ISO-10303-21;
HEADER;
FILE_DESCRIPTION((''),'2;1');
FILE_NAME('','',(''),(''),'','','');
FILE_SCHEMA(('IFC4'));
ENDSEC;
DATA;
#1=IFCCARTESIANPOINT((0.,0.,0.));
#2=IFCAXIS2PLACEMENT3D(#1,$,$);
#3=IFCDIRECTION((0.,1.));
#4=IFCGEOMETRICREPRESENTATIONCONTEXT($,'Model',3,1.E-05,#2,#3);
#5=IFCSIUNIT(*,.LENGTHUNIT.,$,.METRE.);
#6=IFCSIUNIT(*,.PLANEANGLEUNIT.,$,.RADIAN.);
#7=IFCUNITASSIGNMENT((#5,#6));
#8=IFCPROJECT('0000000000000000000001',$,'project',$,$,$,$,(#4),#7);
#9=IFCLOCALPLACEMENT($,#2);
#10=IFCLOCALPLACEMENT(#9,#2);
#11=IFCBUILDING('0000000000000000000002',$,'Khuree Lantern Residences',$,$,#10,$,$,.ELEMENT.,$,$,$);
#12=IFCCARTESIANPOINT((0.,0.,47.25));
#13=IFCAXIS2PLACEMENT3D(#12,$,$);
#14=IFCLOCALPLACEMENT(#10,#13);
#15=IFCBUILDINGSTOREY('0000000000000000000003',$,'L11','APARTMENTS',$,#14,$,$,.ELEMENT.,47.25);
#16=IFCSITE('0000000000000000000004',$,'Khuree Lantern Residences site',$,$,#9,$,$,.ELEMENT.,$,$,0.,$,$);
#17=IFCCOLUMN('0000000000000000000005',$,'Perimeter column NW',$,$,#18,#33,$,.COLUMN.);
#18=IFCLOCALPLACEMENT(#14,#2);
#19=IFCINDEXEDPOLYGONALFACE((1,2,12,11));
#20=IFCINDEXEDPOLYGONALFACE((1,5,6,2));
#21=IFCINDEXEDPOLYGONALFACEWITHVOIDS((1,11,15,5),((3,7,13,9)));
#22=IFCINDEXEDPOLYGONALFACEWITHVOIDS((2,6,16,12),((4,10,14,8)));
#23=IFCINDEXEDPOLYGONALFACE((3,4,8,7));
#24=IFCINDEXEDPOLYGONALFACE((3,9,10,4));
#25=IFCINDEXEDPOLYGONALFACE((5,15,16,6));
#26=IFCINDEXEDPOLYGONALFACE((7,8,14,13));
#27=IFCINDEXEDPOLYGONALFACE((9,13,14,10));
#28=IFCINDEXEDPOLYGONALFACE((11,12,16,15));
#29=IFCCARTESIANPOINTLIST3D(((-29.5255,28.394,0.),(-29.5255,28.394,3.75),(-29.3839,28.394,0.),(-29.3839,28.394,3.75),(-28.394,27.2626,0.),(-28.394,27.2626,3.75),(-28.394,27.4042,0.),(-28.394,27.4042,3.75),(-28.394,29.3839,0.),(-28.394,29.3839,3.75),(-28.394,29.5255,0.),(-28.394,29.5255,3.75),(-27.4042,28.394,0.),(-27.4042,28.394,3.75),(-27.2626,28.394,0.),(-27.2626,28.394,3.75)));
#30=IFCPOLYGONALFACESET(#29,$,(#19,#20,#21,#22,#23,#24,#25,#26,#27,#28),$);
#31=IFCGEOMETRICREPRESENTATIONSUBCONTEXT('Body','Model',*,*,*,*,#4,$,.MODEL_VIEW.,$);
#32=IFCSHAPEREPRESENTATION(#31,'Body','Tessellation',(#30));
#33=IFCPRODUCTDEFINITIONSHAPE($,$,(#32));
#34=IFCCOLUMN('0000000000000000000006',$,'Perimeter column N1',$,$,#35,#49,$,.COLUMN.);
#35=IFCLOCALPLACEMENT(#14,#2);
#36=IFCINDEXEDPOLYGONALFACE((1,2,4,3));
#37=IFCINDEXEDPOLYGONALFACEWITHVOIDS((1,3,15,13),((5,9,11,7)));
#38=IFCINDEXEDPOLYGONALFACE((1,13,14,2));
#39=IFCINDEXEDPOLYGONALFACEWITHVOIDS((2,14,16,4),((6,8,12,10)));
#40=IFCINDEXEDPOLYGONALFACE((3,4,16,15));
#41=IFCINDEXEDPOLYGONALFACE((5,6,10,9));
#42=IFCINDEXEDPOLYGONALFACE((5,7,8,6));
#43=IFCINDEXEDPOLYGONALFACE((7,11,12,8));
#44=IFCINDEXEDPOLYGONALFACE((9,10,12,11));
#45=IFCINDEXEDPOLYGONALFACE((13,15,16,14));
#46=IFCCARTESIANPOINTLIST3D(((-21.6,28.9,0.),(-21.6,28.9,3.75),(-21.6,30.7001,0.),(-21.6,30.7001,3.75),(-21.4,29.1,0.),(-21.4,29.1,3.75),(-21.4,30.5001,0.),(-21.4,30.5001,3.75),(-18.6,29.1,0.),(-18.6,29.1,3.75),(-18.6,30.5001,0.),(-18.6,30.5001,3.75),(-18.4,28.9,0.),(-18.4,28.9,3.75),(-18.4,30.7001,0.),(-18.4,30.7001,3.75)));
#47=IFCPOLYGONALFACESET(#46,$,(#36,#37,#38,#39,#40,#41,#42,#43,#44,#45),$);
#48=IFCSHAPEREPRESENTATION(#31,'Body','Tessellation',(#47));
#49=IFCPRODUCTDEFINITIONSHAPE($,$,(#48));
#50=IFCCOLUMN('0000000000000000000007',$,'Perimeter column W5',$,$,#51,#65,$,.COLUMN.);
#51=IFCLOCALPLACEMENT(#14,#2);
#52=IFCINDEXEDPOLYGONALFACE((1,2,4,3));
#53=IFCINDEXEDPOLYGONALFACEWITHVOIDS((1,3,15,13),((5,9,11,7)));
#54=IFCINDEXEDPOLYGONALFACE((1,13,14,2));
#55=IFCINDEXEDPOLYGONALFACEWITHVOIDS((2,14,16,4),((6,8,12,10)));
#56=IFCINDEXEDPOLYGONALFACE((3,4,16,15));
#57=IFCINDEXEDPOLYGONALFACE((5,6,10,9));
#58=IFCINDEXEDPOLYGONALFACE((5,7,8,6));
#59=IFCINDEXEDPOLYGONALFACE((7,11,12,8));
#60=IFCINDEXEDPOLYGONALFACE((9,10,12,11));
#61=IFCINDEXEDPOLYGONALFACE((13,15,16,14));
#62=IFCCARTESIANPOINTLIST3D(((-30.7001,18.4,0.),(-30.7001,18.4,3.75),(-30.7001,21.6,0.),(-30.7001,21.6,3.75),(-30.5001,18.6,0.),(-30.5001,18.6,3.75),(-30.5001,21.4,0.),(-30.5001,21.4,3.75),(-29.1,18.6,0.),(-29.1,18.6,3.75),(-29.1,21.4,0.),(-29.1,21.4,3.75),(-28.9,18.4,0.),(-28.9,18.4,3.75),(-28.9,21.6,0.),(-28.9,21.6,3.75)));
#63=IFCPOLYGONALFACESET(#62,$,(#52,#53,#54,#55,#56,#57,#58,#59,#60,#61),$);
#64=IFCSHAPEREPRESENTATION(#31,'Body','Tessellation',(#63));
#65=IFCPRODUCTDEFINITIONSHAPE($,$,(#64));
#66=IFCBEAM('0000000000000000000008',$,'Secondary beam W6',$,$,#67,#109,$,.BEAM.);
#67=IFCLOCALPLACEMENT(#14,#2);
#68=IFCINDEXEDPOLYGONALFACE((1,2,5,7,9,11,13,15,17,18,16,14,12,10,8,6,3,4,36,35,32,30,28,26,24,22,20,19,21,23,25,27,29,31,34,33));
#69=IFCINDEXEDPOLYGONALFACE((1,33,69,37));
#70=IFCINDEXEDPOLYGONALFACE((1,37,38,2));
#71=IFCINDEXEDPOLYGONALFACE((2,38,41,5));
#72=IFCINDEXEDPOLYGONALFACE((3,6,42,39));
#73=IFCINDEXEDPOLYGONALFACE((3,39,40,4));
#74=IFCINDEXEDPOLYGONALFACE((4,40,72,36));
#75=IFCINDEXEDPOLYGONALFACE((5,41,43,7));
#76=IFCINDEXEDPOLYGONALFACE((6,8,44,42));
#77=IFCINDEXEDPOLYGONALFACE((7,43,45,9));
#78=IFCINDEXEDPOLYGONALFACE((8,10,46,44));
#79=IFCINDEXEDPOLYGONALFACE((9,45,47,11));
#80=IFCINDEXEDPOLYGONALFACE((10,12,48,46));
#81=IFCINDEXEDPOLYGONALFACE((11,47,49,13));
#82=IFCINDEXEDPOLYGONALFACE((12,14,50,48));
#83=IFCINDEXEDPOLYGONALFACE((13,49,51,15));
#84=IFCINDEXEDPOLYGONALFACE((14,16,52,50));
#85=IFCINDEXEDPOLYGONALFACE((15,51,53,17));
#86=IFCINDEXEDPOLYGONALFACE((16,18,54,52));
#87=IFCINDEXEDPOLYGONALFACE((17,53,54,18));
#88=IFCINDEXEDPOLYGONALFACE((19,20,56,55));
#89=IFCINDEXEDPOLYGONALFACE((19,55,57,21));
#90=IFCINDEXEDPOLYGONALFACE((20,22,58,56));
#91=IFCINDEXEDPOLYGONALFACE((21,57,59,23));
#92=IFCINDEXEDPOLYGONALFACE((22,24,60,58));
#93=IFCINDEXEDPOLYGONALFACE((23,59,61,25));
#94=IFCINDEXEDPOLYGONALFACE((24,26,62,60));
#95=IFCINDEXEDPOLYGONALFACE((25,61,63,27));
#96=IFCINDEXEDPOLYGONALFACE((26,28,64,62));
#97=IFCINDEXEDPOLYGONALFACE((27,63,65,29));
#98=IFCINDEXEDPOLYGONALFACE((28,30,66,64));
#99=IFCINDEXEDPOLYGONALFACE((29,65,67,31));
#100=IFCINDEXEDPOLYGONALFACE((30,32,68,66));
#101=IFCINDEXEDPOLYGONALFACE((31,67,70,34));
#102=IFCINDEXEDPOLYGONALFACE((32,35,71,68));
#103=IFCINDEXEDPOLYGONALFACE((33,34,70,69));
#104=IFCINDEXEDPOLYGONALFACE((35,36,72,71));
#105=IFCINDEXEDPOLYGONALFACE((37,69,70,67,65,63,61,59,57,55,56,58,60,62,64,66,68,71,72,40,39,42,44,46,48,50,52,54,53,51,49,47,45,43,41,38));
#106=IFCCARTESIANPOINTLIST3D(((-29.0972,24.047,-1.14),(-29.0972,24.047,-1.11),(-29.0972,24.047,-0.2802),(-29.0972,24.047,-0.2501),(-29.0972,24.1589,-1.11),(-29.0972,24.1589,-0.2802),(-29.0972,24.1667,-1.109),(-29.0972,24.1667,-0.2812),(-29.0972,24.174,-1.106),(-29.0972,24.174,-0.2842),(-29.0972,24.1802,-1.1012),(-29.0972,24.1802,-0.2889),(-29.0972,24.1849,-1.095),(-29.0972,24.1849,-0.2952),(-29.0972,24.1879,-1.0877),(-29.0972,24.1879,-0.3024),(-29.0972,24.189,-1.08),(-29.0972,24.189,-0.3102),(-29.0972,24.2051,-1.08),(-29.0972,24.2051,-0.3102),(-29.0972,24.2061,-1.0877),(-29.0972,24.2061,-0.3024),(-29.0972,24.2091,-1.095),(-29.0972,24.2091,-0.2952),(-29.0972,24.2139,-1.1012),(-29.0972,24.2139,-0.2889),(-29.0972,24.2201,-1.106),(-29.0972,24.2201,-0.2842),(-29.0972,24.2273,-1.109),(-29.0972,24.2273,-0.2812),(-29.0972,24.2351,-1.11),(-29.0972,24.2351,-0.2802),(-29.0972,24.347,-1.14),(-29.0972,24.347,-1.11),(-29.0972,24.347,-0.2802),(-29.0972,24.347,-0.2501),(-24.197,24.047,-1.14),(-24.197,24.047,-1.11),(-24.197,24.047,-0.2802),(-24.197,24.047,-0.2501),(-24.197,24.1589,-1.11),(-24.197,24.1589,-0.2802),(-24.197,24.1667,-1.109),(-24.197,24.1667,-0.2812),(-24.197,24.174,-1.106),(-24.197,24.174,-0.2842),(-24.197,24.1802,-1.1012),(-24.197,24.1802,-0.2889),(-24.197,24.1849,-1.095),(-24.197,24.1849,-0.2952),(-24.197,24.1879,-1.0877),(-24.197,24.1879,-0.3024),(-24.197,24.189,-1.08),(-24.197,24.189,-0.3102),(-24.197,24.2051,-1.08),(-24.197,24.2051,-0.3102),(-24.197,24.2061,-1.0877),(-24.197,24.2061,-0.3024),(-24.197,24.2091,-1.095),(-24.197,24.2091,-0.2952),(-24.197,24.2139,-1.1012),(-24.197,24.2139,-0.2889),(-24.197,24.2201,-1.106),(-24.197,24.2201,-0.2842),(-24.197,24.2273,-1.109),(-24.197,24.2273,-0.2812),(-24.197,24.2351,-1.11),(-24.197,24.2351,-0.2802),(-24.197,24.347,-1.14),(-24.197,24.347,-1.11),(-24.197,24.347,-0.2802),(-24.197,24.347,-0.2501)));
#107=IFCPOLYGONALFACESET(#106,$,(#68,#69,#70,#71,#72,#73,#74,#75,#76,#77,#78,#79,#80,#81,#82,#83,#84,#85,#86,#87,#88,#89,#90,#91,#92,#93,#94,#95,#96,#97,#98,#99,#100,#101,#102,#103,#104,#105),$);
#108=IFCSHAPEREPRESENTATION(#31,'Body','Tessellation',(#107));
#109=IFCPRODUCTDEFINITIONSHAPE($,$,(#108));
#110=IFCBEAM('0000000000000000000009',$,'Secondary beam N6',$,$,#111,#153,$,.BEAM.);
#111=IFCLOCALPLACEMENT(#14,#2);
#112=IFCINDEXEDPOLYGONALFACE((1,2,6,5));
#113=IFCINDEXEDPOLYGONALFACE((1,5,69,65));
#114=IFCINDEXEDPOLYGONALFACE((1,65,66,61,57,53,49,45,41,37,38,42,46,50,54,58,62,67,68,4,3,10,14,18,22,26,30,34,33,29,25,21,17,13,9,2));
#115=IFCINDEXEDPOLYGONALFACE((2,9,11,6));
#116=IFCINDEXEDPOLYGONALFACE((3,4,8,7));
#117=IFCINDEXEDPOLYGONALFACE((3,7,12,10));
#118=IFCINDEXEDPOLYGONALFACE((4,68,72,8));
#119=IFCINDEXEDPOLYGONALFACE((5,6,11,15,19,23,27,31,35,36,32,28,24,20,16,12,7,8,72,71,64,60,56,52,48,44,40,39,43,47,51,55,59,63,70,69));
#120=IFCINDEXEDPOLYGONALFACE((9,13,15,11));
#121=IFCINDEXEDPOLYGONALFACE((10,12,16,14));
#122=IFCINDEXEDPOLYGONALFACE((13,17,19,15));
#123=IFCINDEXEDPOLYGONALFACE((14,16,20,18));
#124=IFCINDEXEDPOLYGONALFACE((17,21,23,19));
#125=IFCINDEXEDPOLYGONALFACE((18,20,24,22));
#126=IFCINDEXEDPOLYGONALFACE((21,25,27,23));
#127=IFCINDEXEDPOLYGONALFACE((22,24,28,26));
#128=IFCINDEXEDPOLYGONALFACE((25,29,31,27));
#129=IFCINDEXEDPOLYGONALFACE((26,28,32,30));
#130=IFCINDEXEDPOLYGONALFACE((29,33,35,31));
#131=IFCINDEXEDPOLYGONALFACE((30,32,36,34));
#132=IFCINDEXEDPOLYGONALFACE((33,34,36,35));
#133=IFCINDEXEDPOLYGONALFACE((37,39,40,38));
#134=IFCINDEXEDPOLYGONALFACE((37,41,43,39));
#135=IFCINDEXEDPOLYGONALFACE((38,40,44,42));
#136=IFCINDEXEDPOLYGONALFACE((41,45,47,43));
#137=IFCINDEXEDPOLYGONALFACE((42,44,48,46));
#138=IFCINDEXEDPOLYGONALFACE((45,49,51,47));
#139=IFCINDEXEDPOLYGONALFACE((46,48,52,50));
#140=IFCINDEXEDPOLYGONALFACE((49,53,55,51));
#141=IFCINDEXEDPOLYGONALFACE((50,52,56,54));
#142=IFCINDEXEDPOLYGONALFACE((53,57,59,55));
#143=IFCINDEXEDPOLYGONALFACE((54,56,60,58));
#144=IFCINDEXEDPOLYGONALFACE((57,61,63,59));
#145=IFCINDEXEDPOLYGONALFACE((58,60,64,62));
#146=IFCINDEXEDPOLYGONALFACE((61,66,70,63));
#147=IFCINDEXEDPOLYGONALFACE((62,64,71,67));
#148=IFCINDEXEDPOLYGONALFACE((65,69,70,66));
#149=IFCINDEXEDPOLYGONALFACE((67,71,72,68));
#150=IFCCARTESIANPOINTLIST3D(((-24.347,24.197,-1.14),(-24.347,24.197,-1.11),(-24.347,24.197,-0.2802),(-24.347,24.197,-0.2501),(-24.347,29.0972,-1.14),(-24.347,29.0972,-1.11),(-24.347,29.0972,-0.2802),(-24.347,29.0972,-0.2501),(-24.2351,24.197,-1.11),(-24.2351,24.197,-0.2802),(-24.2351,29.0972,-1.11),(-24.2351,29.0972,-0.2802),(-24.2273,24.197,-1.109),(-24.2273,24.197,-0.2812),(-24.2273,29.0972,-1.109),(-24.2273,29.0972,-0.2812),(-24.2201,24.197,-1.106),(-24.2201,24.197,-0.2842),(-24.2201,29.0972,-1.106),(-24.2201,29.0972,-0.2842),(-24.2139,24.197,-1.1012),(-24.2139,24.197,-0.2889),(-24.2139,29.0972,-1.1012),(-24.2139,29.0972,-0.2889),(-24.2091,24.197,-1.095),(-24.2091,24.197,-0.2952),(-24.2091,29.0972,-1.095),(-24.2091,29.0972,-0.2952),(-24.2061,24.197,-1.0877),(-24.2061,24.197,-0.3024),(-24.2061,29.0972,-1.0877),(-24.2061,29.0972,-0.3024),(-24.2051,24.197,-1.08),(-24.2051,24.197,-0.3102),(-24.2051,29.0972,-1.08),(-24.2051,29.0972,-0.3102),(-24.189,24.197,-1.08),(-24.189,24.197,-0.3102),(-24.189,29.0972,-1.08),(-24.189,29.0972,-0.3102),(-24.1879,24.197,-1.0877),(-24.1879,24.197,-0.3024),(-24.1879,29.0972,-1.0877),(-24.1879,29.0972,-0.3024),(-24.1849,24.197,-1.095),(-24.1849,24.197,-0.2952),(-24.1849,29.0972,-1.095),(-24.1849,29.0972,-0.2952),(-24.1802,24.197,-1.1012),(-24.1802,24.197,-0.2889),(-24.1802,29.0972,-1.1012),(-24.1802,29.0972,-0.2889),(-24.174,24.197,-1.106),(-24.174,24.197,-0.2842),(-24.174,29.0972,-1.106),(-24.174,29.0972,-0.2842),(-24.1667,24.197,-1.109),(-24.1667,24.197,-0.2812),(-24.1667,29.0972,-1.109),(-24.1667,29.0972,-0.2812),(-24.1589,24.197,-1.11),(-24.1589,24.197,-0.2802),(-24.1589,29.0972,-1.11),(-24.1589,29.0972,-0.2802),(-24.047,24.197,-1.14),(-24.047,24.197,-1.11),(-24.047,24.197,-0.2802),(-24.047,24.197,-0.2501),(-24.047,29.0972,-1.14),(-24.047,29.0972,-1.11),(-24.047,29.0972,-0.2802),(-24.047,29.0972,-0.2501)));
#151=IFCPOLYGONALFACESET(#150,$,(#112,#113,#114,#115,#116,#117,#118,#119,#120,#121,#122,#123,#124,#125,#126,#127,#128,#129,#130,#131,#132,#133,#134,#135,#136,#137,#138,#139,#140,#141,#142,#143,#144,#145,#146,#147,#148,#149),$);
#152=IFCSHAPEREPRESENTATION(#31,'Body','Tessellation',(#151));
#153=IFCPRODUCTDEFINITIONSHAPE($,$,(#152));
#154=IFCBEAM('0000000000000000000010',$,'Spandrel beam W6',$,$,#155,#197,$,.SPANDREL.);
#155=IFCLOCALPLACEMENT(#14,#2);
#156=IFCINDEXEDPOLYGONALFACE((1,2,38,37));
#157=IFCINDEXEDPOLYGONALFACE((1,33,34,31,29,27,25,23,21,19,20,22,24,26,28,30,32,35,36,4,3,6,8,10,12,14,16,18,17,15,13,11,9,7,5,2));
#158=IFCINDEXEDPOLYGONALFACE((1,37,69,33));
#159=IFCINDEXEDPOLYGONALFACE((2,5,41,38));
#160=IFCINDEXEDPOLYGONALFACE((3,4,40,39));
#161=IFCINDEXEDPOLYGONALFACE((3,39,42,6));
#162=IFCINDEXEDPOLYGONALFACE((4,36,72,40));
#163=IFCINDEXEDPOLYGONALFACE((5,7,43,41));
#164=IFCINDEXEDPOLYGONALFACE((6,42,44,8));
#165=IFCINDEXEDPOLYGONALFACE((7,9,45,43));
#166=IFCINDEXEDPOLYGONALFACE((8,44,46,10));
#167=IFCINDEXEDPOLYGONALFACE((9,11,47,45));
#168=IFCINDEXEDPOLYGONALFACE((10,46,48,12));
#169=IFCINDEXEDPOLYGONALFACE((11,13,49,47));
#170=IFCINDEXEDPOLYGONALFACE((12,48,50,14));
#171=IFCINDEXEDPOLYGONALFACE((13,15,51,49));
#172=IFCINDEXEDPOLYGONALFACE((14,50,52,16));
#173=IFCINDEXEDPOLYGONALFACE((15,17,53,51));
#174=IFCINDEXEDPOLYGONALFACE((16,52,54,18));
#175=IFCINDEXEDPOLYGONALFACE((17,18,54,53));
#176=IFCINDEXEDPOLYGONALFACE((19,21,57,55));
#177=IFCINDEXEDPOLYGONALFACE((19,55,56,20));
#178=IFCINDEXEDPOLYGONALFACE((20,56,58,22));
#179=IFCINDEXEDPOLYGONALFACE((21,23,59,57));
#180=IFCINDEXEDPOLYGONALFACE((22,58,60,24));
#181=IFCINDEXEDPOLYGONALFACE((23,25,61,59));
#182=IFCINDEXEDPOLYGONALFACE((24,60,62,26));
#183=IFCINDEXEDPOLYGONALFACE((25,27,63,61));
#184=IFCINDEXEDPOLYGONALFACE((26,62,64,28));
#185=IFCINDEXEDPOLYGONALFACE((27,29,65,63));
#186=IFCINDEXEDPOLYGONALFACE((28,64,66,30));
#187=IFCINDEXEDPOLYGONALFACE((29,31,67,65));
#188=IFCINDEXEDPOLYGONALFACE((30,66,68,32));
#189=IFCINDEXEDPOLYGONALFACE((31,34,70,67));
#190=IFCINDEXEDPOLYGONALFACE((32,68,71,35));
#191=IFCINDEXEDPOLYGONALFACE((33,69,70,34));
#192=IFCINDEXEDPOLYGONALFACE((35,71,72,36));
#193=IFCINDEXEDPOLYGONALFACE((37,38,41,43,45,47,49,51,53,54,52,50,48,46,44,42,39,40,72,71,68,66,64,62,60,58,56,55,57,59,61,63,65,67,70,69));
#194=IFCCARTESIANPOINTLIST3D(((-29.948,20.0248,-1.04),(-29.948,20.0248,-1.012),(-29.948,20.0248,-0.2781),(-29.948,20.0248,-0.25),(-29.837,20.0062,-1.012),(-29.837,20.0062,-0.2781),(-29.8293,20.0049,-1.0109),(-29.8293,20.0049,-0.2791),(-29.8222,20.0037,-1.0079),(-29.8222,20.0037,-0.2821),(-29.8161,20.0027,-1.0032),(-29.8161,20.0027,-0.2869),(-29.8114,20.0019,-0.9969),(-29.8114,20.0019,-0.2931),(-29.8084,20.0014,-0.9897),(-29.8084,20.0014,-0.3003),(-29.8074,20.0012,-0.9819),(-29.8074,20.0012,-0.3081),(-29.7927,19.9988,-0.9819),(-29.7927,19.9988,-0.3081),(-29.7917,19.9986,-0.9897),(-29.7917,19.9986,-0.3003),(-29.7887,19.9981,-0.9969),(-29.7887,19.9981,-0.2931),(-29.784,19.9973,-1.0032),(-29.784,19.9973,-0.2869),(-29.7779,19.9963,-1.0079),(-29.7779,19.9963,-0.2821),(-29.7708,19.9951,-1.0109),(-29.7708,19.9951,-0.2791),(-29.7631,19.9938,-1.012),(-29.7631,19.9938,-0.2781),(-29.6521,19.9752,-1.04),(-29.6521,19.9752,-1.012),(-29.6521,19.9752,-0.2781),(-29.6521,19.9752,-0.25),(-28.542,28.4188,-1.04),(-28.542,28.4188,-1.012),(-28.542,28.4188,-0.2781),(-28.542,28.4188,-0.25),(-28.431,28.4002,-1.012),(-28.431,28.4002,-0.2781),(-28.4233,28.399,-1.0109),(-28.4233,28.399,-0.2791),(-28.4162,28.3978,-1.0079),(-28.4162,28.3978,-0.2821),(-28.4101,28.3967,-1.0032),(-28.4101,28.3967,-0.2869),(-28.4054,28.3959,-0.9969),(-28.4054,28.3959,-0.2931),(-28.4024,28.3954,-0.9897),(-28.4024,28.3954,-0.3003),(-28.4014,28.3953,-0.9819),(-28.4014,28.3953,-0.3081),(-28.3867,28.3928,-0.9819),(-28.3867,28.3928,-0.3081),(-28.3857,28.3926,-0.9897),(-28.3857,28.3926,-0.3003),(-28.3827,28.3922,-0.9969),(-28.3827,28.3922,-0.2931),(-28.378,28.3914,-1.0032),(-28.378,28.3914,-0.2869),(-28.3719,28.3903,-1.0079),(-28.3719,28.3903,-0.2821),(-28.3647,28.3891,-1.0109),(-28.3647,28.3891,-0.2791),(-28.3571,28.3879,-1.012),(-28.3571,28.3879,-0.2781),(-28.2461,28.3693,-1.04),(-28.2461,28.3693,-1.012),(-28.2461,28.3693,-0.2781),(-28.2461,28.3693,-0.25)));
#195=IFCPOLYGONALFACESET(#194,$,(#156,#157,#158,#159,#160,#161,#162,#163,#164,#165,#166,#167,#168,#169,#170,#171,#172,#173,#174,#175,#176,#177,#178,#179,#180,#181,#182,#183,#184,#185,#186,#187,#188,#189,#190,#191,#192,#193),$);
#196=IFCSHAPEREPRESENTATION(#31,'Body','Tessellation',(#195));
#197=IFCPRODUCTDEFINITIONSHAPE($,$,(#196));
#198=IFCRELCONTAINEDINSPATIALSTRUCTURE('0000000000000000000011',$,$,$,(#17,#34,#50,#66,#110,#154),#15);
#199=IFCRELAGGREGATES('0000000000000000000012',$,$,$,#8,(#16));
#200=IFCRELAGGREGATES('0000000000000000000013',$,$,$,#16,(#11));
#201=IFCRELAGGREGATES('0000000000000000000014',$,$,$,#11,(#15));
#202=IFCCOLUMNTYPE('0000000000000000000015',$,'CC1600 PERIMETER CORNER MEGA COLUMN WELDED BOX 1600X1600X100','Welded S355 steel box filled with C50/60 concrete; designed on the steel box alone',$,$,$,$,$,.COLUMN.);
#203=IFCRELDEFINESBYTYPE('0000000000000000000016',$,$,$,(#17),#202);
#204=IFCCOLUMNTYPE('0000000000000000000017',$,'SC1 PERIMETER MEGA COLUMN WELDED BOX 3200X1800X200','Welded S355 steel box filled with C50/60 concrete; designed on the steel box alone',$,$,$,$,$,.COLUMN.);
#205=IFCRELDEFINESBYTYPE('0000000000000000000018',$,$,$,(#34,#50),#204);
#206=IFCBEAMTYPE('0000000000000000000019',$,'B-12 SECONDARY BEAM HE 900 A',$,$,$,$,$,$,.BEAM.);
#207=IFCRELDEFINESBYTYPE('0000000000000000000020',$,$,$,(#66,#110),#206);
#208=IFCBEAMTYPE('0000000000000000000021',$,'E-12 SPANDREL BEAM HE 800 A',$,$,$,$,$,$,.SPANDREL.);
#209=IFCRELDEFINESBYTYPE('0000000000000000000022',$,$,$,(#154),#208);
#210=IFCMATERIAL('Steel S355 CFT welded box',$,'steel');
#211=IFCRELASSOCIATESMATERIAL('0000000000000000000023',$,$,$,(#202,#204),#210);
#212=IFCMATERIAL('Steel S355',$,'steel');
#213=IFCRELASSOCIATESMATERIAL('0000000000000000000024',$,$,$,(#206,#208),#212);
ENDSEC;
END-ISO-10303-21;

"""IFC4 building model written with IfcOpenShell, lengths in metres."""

from ifc_helpers import new_model, si_unit, direction, frame, origin, origin_2d, place, context, subcontext, project, spatial, hollow_rectangle, i_section, extrude, material, material_profile, profile_set, type_object, element, save


model = new_model("IFC4")

# Units and contexts
model_context = context("Model", 3, precision=1e-05, world=origin(), true_north=direction((0.0, 1.0)))
body_context = subcontext(model_context, "Body", "Model", "MODEL_VIEW")
ifc_project = project(units=[si_unit("LENGTHUNIT", "METRE"), si_unit("PLANEANGLEUNIT", "RADIAN")], contexts=[model_context])

# Site, building, storey
site_placement = place(None, origin())
site = spatial("IfcSite", under=ifc_project, at=site_placement, Name="Khuree Lantern Residences site", CompositionType="ELEMENT", RefElevation=0.0)
building_placement = place(site_placement, origin())
building = spatial("IfcBuilding", under=site, at=building_placement, Name="Khuree Lantern Residences", CompositionType="ELEMENT")
storey_placement = place(building_placement, frame((0.0, 0.0, 47.25)))
storey = spatial("IfcBuildingStorey", under=building, at=storey_placement, Name="L11", Description="APARTMENTS", CompositionType="ELEMENT", Elevation=47.25)

# Columns
ifc_material_1 = material(Name="Steel S355 CFT welded box", Category="steel")
ifc_material_profile_1 = material_profile(ifc_material_1, hollow_rectangle(XDim=1.6001, YDim=1.6001, WallThickness=0.1001, at=origin_2d()), Name="WELDED BOX 1600X1600X100")
ifc_profile_set_1 = profile_set([ifc_material_profile_1], Name="Steel S355 CFT welded box")
column_type_1 = type_object("IfcColumnType", Name="CC1600 PERIMETER CORNER MEGA COLUMN WELDED BOX 1600X1600X100", Description="Welded S355 steel box filled with C50/60 concrete; designed on the steel box alone", PredefinedType="COLUMN", material=ifc_profile_set_1)
column_placement = place(storey_placement, frame((-28.394, 28.394, 0.0), z_axis=(0.0, 0.0, 1.0), x_axis=(0.707107, 0.707107, 0.0)))
element("IfcColumn", 1, at=column_placement, inside=storey, type_object=column_type_1, Name="Perimeter column NW", PredefinedType="COLUMN", context=body_context, shape_type="SweptSolid", body=[
    extrude(hollow_rectangle(XDim=1.6001, YDim=1.6001, WallThickness=0.1001, at=origin_2d()), origin(), (0.0, 0.0, 1.0), 3.75),
])
ifc_material_profile_2 = material_profile(ifc_material_1, hollow_rectangle(XDim=3.2, YDim=1.8, WallThickness=0.2, at=origin_2d()), Name="WELDED BOX 3200X1800X200")
ifc_profile_set_2 = profile_set([ifc_material_profile_2], Name="Steel S355 CFT welded box")
column_type_2 = type_object("IfcColumnType", Name="SC1 PERIMETER MEGA COLUMN WELDED BOX 3200X1800X200", Description="Welded S355 steel box filled with C50/60 concrete; designed on the steel box alone", PredefinedType="COLUMN", material=ifc_profile_set_2)
for number, where, z_axis, x_axis, name in (
    (2, (-20.0, 29.8, 0.0), (0.0, 0.0, 1.0), (1.0, 0.0, 0.0), "Perimeter column N1"),
    (3, (-29.8, 20.0, 0.0), (0.0, 0.0, 1.0), (0.0, 1.0, 0.0), "Perimeter column W5"),
):
    element("IfcColumn", number, at=place(storey_placement, frame(where, z_axis=z_axis, x_axis=x_axis)), inside=storey, type_object=column_type_2, Name=name, PredefinedType="COLUMN", context=body_context, shape_type="SweptSolid", body=[
        extrude(hollow_rectangle(XDim=3.2, YDim=1.8, WallThickness=0.2, at=origin_2d()), origin(), (0.0, 0.0, 1.0), 3.75),
    ])

# Beams
ifc_material_2 = material(Name="Steel S355", Category="steel")
ifc_material_profile_3 = material_profile(ifc_material_2, i_section(OverallWidth=0.3, OverallDepth=0.8899, WebThickness=0.0161, FlangeThickness=0.03, FilletRadius=0.03, at=origin_2d()), Name="HE 900 A")
ifc_profile_set_3 = profile_set([ifc_material_profile_3], Name="Steel S355")
beam_type_1 = type_object("IfcBeamType", Name="B-12 SECONDARY BEAM HE 900 A", PredefinedType="BEAM", material=ifc_profile_set_3)
for number, where, z_axis, x_axis, name in (
    (4, (-29.0972, 24.197, -0.6951), (1.0, 0.0, 0.0), (0.0, 1.0, 0.0), "Secondary beam W6"),
    (5, (-24.197, 29.0972, -0.6951), (0.0, -1.0, 0.0), (1.0, 0.0, 0.0), "Secondary beam N6"),
):
    element("IfcBeam", number, at=place(storey_placement, frame(where, z_axis=z_axis, x_axis=x_axis)), inside=storey, type_object=beam_type_1, Name=name, PredefinedType="BEAM", context=body_context, shape_type="SweptSolid", body=[
        extrude(i_section(OverallWidth=0.3, OverallDepth=0.8899, WebThickness=0.0161, FlangeThickness=0.03, FilletRadius=0.03, at=origin_2d()), origin(), (0.0, 0.0, 1.0), 4.9001),
    ])
ifc_material_profile_4 = material_profile(ifc_material_2, i_section(OverallWidth=0.3, OverallDepth=0.79, WebThickness=0.0149, FlangeThickness=0.0281, FilletRadius=0.03, at=origin_2d()), Name="HE 800 A")
ifc_profile_set_4 = profile_set([ifc_material_profile_4], Name="Steel S355")
beam_type_2 = type_object("IfcBeamType", Name="E-12 SPANDREL BEAM HE 800 A", PredefinedType="SPANDREL", material=ifc_profile_set_4)
for number, where, z_axis, x_axis, name in (
    (6, (-29.8, 20.0, -0.645), (0.165199, 0.98626, 0.0), (-0.98626, 0.165199, 0.0), "Spandrel beam W6"),
):
    element("IfcBeam", number, at=place(storey_placement, frame(where, z_axis=z_axis, x_axis=x_axis)), inside=storey, type_object=beam_type_2, Name=name, PredefinedType="SPANDREL", context=body_context, shape_type="SweptSolid", body=[
        extrude(i_section(OverallWidth=0.3, OverallDepth=0.79, WebThickness=0.0149, FlangeThickness=0.0281, FilletRadius=0.03, at=origin_2d()), origin(), (0.0, 0.0, 1.0), 8.511),
    ])

save(model, "model.ifc")
